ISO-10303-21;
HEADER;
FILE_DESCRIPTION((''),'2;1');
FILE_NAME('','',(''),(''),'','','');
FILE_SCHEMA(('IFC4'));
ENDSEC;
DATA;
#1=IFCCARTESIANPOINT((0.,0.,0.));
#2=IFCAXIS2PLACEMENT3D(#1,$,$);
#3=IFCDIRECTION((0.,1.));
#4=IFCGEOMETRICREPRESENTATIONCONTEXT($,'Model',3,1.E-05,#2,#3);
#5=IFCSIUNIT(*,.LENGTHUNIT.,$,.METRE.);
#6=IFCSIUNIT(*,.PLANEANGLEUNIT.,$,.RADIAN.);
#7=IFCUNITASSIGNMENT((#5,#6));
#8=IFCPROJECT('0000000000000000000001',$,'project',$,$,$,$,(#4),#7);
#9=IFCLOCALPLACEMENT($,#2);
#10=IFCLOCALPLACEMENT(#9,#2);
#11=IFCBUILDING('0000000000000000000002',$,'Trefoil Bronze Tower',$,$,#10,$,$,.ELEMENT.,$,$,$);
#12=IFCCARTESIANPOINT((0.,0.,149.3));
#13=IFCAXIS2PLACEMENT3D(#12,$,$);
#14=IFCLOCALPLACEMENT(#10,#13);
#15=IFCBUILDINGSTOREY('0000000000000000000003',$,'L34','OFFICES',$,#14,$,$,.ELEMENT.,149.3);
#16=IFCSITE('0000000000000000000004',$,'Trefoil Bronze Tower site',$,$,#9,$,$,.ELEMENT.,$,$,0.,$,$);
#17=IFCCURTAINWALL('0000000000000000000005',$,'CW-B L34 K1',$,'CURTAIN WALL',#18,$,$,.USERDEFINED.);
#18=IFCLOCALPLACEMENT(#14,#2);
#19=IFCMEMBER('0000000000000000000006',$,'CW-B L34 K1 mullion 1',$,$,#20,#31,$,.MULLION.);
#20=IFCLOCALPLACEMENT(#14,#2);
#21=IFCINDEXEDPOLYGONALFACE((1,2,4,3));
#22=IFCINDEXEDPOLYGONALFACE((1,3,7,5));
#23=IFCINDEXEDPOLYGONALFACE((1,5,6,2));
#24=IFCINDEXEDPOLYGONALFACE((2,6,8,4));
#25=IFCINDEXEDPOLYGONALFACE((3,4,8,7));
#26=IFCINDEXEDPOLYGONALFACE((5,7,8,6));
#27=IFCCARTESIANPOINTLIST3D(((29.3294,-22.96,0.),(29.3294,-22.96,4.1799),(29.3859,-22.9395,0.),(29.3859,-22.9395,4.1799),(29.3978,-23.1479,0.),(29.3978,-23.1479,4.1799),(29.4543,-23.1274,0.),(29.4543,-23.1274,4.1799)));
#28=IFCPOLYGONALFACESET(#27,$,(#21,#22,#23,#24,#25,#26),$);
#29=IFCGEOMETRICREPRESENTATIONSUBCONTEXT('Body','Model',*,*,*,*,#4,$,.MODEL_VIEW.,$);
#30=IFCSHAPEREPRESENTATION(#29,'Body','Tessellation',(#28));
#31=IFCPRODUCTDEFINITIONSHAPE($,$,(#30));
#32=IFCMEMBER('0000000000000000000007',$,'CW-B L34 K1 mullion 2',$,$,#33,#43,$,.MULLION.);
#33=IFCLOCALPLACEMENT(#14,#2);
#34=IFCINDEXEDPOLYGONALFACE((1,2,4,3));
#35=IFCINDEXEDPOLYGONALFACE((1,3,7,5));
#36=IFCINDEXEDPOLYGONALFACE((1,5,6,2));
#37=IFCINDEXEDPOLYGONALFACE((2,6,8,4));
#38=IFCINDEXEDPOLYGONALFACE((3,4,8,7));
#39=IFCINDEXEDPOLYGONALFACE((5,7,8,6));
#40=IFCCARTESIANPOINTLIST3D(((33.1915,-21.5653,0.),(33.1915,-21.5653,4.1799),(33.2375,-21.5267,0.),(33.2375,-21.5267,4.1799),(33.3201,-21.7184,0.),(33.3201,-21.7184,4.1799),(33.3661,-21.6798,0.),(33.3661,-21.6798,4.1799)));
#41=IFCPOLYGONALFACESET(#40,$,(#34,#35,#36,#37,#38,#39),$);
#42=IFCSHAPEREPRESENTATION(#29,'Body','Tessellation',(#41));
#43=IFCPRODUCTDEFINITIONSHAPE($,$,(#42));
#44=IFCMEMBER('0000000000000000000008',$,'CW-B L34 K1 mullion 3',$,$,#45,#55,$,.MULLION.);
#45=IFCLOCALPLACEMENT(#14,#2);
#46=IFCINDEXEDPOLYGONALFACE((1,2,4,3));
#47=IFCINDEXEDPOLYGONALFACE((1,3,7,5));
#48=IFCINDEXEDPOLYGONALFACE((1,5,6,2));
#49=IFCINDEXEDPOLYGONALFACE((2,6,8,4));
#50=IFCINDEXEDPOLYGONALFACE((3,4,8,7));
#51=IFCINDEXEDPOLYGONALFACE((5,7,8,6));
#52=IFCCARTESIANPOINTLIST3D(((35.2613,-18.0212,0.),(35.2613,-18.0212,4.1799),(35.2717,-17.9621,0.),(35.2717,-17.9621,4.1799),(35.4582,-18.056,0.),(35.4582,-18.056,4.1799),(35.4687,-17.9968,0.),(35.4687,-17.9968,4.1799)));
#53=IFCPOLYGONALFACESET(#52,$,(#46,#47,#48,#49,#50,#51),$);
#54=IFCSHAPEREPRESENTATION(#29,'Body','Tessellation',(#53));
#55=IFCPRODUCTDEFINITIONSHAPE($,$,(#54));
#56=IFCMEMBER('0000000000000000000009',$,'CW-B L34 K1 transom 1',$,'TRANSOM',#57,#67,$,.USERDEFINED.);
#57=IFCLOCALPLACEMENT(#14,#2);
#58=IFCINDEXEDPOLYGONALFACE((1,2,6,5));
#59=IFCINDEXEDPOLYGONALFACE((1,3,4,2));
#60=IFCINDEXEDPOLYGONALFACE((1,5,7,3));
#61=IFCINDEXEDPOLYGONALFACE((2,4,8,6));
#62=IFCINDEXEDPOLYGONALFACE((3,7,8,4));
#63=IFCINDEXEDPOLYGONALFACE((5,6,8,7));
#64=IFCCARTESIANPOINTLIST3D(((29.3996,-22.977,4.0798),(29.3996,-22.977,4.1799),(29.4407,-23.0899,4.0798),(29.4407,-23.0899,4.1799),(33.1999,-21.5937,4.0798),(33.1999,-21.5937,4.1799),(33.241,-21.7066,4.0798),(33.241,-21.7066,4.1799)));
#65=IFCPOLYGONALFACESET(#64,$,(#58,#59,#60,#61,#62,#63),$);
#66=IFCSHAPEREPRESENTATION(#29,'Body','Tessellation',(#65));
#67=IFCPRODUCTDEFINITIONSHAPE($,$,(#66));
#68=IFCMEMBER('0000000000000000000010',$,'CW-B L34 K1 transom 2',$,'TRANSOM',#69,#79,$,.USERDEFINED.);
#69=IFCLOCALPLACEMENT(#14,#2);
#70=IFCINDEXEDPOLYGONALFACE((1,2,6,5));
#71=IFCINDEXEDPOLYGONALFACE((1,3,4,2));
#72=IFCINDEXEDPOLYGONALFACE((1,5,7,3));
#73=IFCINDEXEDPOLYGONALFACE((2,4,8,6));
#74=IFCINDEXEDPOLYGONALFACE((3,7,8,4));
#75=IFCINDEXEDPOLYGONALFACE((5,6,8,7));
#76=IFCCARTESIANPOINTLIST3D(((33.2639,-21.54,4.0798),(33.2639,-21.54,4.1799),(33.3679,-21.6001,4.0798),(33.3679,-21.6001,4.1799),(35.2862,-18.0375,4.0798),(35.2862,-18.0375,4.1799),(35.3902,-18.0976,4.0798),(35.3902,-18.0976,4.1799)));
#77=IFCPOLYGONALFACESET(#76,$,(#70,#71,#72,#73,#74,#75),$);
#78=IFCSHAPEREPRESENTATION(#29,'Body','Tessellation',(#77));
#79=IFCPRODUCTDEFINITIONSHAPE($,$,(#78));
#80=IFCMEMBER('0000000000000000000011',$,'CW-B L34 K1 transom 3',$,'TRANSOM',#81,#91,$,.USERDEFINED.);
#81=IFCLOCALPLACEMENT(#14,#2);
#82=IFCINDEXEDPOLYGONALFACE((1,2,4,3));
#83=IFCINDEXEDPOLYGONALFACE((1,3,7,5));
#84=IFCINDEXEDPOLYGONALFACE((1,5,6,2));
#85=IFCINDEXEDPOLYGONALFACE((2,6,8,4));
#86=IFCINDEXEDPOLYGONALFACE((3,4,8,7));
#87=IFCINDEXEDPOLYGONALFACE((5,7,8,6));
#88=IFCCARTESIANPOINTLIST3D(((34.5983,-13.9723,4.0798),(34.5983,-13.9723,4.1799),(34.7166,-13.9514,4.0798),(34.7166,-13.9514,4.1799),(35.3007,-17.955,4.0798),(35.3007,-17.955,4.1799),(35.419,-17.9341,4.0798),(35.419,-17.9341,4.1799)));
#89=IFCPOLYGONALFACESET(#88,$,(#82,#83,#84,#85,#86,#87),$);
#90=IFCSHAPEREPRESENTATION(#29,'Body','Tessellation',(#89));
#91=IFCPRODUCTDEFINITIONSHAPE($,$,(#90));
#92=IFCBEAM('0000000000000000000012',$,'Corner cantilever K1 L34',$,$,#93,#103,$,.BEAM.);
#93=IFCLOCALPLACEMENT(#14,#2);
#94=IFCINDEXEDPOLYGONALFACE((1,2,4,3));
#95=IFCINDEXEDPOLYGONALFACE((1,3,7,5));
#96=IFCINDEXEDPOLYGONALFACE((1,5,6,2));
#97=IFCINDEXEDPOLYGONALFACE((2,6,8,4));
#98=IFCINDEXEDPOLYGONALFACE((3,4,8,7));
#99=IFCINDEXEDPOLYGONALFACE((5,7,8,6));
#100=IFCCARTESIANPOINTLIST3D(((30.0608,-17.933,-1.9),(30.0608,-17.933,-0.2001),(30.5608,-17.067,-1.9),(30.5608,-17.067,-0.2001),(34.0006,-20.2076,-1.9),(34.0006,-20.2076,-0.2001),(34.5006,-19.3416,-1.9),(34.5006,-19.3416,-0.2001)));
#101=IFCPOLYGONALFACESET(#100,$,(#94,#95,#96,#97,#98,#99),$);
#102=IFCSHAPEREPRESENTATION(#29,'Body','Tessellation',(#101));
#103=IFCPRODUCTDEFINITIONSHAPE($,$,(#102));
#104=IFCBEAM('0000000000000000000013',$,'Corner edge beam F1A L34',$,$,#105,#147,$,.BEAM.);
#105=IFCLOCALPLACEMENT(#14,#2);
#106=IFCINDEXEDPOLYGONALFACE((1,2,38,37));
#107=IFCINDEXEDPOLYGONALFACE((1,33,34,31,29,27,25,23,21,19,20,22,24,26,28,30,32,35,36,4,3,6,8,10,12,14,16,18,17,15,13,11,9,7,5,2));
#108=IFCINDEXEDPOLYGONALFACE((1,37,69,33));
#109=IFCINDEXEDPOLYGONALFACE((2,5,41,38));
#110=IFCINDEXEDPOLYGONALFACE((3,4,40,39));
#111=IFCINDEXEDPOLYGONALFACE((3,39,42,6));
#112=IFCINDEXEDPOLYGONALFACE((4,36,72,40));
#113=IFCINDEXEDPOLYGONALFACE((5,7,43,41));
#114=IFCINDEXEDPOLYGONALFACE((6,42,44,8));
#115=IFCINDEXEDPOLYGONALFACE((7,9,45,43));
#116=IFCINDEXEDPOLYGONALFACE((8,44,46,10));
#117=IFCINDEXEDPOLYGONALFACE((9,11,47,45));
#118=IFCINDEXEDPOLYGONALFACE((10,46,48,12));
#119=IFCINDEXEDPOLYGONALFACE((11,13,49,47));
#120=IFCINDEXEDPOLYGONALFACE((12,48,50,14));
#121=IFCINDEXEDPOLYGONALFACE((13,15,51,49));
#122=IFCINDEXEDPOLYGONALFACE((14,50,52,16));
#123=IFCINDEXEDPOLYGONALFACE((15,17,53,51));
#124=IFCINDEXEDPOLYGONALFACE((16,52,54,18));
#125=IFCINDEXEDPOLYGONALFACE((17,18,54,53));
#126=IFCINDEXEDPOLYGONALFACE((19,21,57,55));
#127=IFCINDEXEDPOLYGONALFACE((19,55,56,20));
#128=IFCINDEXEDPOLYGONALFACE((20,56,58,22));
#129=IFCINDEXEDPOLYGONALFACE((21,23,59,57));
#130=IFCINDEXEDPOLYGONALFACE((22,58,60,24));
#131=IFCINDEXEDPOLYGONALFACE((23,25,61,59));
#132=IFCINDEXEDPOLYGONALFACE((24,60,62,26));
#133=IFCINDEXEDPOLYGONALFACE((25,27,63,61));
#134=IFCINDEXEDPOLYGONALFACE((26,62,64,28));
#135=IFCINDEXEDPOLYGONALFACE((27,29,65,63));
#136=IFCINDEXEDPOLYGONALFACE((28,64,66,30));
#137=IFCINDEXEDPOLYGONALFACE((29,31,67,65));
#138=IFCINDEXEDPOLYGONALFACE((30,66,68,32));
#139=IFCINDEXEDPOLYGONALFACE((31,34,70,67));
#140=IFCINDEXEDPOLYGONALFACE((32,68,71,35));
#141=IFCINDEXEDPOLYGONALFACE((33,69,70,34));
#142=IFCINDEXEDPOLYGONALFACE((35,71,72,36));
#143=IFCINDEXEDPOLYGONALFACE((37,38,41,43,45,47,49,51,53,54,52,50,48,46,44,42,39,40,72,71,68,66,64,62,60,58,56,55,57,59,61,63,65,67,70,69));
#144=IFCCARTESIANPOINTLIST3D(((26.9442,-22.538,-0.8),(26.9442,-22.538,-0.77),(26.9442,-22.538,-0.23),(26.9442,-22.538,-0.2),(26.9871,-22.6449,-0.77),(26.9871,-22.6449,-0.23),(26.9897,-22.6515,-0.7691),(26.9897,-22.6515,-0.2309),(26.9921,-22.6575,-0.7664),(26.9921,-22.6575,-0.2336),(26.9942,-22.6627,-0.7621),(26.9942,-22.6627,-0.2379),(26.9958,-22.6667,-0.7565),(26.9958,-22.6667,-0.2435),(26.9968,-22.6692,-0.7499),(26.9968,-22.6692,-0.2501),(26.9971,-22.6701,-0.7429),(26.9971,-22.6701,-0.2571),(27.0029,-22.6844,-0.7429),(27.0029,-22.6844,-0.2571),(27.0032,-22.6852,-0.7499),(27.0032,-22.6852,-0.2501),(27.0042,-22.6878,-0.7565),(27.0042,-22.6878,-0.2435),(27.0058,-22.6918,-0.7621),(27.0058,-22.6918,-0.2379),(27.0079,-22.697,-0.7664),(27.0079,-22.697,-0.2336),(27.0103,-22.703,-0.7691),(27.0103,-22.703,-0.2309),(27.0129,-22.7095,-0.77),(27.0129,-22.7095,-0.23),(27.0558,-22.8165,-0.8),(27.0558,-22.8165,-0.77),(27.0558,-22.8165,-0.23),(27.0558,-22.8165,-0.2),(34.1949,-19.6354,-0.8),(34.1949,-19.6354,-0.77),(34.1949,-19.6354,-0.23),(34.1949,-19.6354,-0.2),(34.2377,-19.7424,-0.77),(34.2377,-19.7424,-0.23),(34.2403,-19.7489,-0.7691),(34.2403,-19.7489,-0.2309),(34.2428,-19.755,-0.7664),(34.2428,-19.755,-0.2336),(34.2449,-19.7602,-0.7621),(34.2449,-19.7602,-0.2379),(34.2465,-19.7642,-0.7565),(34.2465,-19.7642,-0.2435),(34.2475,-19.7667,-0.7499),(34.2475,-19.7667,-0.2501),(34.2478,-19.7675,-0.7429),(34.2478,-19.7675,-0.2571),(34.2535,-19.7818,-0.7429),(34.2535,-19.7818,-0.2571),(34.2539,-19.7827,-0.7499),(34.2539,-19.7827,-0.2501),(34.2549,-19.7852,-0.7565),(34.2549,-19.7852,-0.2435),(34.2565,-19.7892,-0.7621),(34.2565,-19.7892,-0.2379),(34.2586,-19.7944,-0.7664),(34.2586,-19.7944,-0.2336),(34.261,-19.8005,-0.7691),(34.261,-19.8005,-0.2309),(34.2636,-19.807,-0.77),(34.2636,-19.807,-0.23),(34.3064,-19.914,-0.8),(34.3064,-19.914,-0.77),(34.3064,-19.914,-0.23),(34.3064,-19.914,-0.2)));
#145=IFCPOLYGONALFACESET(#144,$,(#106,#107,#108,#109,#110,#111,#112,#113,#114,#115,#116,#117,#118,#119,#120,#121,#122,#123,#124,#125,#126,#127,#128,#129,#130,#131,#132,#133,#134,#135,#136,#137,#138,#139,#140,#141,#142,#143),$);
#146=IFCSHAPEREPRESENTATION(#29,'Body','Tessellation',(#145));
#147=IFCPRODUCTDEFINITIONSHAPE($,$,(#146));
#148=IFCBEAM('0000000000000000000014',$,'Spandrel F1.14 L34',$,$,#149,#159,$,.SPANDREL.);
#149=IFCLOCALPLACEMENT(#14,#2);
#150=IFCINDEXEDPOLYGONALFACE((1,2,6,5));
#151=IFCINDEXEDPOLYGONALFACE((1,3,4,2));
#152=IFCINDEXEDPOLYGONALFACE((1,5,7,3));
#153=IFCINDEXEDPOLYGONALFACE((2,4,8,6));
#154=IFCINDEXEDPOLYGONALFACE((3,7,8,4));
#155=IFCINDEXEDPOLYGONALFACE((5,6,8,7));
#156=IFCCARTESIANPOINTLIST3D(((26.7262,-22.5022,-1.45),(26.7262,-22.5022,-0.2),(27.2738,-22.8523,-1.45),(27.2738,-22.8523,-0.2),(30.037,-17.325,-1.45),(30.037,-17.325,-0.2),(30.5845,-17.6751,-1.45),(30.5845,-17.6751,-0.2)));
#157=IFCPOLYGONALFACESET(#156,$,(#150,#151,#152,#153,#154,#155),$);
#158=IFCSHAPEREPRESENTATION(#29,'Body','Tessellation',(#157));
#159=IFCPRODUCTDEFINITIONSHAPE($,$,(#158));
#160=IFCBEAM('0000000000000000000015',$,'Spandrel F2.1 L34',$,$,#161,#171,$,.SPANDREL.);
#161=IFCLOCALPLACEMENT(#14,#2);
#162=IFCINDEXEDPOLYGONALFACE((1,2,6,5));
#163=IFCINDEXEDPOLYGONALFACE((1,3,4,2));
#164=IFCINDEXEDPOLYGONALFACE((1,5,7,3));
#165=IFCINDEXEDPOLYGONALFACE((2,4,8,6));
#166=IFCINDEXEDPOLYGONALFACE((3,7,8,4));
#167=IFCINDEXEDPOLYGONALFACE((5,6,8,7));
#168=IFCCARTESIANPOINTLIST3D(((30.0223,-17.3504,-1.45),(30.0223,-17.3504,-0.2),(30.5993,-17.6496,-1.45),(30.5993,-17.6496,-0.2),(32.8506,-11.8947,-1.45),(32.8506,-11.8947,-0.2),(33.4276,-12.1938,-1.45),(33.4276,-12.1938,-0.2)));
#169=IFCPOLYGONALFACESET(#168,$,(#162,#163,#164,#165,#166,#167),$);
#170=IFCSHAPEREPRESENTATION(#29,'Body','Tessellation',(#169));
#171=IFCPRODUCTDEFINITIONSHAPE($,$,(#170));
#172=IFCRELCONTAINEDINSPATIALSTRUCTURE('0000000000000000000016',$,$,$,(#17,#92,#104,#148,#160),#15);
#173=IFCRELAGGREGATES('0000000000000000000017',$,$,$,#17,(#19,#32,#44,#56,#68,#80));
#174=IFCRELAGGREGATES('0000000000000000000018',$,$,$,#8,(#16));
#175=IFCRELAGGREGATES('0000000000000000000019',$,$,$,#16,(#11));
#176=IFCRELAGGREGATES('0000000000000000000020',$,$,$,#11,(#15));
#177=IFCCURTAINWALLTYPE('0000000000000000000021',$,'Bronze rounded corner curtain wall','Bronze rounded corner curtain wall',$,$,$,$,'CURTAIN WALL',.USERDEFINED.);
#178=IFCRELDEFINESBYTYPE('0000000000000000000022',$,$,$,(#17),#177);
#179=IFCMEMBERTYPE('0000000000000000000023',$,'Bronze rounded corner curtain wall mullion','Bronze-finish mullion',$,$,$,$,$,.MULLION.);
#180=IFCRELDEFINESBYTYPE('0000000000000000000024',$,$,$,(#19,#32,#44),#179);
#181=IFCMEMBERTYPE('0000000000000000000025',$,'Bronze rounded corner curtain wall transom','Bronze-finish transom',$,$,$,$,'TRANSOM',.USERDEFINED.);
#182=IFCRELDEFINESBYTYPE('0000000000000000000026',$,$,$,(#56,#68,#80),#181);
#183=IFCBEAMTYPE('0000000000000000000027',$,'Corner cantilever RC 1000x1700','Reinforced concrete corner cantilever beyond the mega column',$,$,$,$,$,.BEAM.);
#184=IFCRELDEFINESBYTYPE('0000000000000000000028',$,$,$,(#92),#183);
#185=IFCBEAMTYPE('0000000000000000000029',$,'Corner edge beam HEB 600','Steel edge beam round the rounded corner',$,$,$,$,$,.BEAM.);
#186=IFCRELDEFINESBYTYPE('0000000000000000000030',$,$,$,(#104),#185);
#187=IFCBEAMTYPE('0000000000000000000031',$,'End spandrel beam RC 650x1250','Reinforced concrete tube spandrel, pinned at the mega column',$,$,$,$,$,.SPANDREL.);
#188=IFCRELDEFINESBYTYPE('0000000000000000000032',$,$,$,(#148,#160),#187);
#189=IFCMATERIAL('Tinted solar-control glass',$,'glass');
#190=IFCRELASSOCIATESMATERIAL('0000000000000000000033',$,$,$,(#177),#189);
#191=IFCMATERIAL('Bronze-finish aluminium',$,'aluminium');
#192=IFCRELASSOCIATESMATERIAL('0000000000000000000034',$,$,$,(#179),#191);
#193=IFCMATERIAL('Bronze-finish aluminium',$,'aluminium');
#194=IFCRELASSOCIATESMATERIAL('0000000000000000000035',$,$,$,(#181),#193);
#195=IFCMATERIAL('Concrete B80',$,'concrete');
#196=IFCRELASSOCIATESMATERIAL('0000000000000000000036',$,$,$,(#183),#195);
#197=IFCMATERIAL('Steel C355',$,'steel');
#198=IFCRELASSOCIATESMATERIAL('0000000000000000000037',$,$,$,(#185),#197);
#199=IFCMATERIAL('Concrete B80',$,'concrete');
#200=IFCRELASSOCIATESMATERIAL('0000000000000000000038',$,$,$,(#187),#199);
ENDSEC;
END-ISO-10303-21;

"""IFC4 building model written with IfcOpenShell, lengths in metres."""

from ifc_helpers import new_model, si_unit, direction, frame, origin, origin_2d, place, context, subcontext, project, spatial, rectangle, i_section, extrude, material, material_profile, profile_set, type_object, element, aggregate, save


model = new_model("IFC4")

# Units and contexts
model_context = context("Model", 3, precision=1e-05, world=origin(), true_north=direction((0.0, 1.0)))
body_context = subcontext(model_context, "Body", "Model", "MODEL_VIEW")
ifc_project = project(units=[si_unit("LENGTHUNIT", "METRE"), si_unit("PLANEANGLEUNIT", "RADIAN")], contexts=[model_context])

# Site, building, storey
site_placement = place(None, origin())
site = spatial("IfcSite", under=ifc_project, at=site_placement, Name="Trefoil Bronze Tower site", CompositionType="ELEMENT", RefElevation=0.0)
building_placement = place(site_placement, origin())
building = spatial("IfcBuilding", under=site, at=building_placement, Name="Trefoil Bronze Tower", CompositionType="ELEMENT")
storey_placement = place(building_placement, frame((0.0, 0.0, 149.3)))
storey = spatial("IfcBuildingStorey", under=building, at=storey_placement, Name="L34", Description="OFFICES", CompositionType="ELEMENT", Elevation=149.3)

# Curtain wall, members
ifc_material_1 = material(Name="Tinted solar-control glass", Category="glass")
curtain_wall_type_1 = type_object("IfcCurtainWallType", Name="Bronze rounded corner curtain wall", Description="Bronze rounded corner curtain wall", ElementType="CURTAIN WALL", PredefinedType="USERDEFINED", material=ifc_material_1)
curtain_wall_1_placement = place(storey_placement, origin())
curtain_wall_1 = element("IfcCurtainWall", 1, at=curtain_wall_1_placement, inside=storey, type_object=curtain_wall_type_1, Name="CW-B L34 K1", ObjectType="CURTAIN WALL", PredefinedType="USERDEFINED")
ifc_material_2 = material(Name="Bronze-finish aluminium", Category="aluminium")
ifc_material_profile_1 = material_profile(ifc_material_2, rectangle(XDim=0.2, YDim=0.0601, at=origin_2d()), Name="CW-B mullion")
ifc_profile_set_1 = profile_set([ifc_material_profile_1], Name="Bronze-finish aluminium")
member_type_1 = type_object("IfcMemberType", Name="Bronze rounded corner curtain wall mullion", Description="Bronze-finish mullion", PredefinedType="MULLION", material=ifc_profile_set_1)
member_1_placement = place(storey_placement, frame((29.3918, -23.0437, 0.0), z_axis=(0.0, 0.0, 1.0), x_axis=(-0.34202, 0.939693, 0.0)))
member_1 = element("IfcMember", 2, at=member_1_placement, type_object=member_type_1, Name="CW-B L34 K1 mullion 1", PredefinedType="MULLION", context=body_context, shape_type="SweptSolid", body=[
    extrude(rectangle(XDim=0.2, YDim=0.0601, at=origin_2d()), origin(), (0.0, 0.0, 1.0), 4.1799),
])
member_2_placement = place(storey_placement, frame((33.2788, -21.6226, 0.0), z_axis=(0.0, 0.0, 1.0), x_axis=(-0.642788, 0.766044, 0.0)))
member_2 = element("IfcMember", 3, at=member_2_placement, type_object=member_type_1, Name="CW-B L34 K1 mullion 2", PredefinedType="MULLION", context=body_context, shape_type="SweptSolid", body=[
    extrude(rectangle(XDim=0.2, YDim=0.0601, at=origin_2d()), origin(), (0.0, 0.0, 1.0), 4.1799),
])
member_3_placement = place(storey_placement, frame((35.365, -18.009, 0.0), z_axis=(0.0, 0.0, 1.0), x_axis=(-0.984808, 0.173648, 0.0)))
member_3 = element("IfcMember", 4, at=member_3_placement, type_object=member_type_1, Name="CW-B L34 K1 mullion 3", PredefinedType="MULLION", context=body_context, shape_type="SweptSolid", body=[
    extrude(rectangle(XDim=0.2, YDim=0.0601, at=origin_2d()), origin(), (0.0, 0.0, 1.0), 4.1799),
])
ifc_material_3 = material(Name="Bronze-finish aluminium", Category="aluminium")
ifc_material_profile_2 = material_profile(ifc_material_3, rectangle(XDim=0.1201, YDim=0.1001, at=origin_2d()), Name="CW-B transom")
ifc_profile_set_2 = profile_set([ifc_material_profile_2], Name="Bronze-finish aluminium")
member_type_2 = type_object("IfcMemberType", Name="Bronze rounded corner curtain wall transom", Description="Bronze-finish transom", ElementType="TRANSOM", PredefinedType="USERDEFINED", material=ifc_profile_set_2)
member_4_placement = place(storey_placement, frame((29.4202, -23.0334, 4.1299), z_axis=(0.939684, 0.342044, 0.0), x_axis=(-0.342044, 0.939684, 0.0)))
member_4 = element("IfcMember", 5, at=member_4_placement, type_object=member_type_2, Name="CW-B L34 K1 transom 1", ObjectType="TRANSOM", PredefinedType="USERDEFINED", context=body_context, shape_type="SweptSolid", body=[
    extrude(rectangle(XDim=0.1201, YDim=0.1001, at=origin_2d()), origin(), (0.0, 0.0, 1.0), 4.0442),
])
member_5_placement = place(storey_placement, frame((33.3159, -21.5701, 4.1299), z_axis=(0.500015, 0.866017, 0.0), x_axis=(-0.866017, 0.500015, 0.0)))
member_5 = element("IfcMember", 6, at=member_5_placement, type_object=member_type_2, Name="CW-B L34 K1 transom 2", ObjectType="TRANSOM", PredefinedType="USERDEFINED", context=body_context, shape_type="SweptSolid", body=[
    extrude(rectangle(XDim=0.1201, YDim=0.1001, at=origin_2d()), origin(), (0.0, 0.0, 1.0), 4.0444),
])
member_6_placement = place(storey_placement, frame((35.3599, -17.9446, 4.1299), z_axis=(-0.173682, 0.984802, 0.0), x_axis=(-0.984802, -0.173682, 0.0)))
member_6 = element("IfcMember", 7, at=member_6_placement, type_object=member_type_2, Name="CW-B L34 K1 transom 3", ObjectType="TRANSOM", PredefinedType="USERDEFINED", context=body_context, shape_type="SweptSolid", body=[
    extrude(rectangle(XDim=0.1201, YDim=0.1001, at=origin_2d()), origin(), (0.0, 0.0, 1.0), 4.0442),
])

# Beams
ifc_material_4 = material(Name="Concrete B80", Category="concrete")
ifc_material_profile_3 = material_profile(ifc_material_4, rectangle(XDim=1.0, YDim=1.7, at=origin_2d()), Name="RC 1000x1700")
ifc_profile_set_3 = profile_set([ifc_material_profile_3], Name="Concrete B80")
beam_type_1 = type_object("IfcBeamType", Name="Corner cantilever RC 1000x1700", Description="Reinforced concrete corner cantilever beyond the mega column", PredefinedType="BEAM", material=ifc_profile_set_3)
beam_1_placement = place(storey_placement, frame((30.3108, -17.5, -1.05), z_axis=(0.866032, -0.499989, 0.0), x_axis=(0.499989, 0.866032, 0.0)))
element("IfcBeam", 8, at=beam_1_placement, inside=storey, type_object=beam_type_1, Name="Corner cantilever K1 L34", PredefinedType="BEAM", context=body_context, shape_type="SweptSolid", body=[
    extrude(rectangle(XDim=1.0, YDim=1.7, at=origin_2d()), origin(), (0.0, 0.0, 1.0), 4.5493),
])
ifc_material_5 = material(Name="Steel C355", Category="steel")
ifc_material_profile_4 = material_profile(ifc_material_5, i_section(OverallWidth=0.3, OverallDepth=0.6001, WebThickness=0.0154, FlangeThickness=0.03, FilletRadius=0.0271, at=origin_2d()), Name="HEB 600")
ifc_profile_set_4 = profile_set([ifc_material_profile_4], Name="Steel C355")
beam_type_2 = type_object("IfcBeamType", Name="Corner edge beam HEB 600", Description="Steel edge beam round the rounded corner", PredefinedType="BEAM", material=ifc_profile_set_4)
beam_2_placement = place(storey_placement, frame((27.0, -22.6772, -0.5), z_axis=(0.928375, 0.371644, 0.0), x_axis=(-0.371644, 0.928375, 0.0)))
element("IfcBeam", 9, at=beam_2_placement, inside=storey, type_object=beam_type_2, Name="Corner edge beam F1A L34", PredefinedType="BEAM", context=body_context, shape_type="SweptSolid", body=[
    extrude(i_section(OverallWidth=0.3, OverallDepth=0.6001, WebThickness=0.0154, FlangeThickness=0.03, FilletRadius=0.0271, at=origin_2d()), origin(), (0.0, 0.0, 1.0), 7.8101),
])
ifc_material_6 = material(Name="Concrete B80", Category="concrete")
ifc_material_profile_5 = material_profile(ifc_material_6, rectangle(XDim=0.6499, YDim=1.25, at=origin_2d()), Name="RC 650x1250")
ifc_profile_set_5 = profile_set([ifc_material_profile_5], Name="Concrete B80")
beam_type_3 = type_object("IfcBeamType", Name="End spandrel beam RC 650x1250", Description="Reinforced concrete tube spandrel, pinned at the mega column", PredefinedType="SPANDREL", material=ifc_profile_set_5)
for number, where, z_axis, x_axis, name in (
    (10, (27.0, -22.6772, -0.825), (0.538748, 0.842467, 0.0), (-0.842467, 0.538748, 0.0), "Spandrel F1.14 L34"),
    (11, (30.3108, -17.5, -0.825), (0.460244, 0.887792, 0.0), (-0.887792, 0.460244, 0.0), "Spandrel F2.1 L34"),
):
    element("IfcBeam", number, at=place(storey_placement, frame(where, z_axis=z_axis, x_axis=x_axis)), inside=storey, type_object=beam_type_3, Name=name, PredefinedType="SPANDREL", context=body_context, shape_type="SweptSolid", body=[
        extrude(rectangle(XDim=0.6499, YDim=1.25, at=origin_2d()), origin(), (0.0, 0.0, 1.0), 6.1453),
    ])

aggregate(curtain_wall_1, [member_1, member_2, member_3, member_4, member_5, member_6])

save(model, "model.ifc")
